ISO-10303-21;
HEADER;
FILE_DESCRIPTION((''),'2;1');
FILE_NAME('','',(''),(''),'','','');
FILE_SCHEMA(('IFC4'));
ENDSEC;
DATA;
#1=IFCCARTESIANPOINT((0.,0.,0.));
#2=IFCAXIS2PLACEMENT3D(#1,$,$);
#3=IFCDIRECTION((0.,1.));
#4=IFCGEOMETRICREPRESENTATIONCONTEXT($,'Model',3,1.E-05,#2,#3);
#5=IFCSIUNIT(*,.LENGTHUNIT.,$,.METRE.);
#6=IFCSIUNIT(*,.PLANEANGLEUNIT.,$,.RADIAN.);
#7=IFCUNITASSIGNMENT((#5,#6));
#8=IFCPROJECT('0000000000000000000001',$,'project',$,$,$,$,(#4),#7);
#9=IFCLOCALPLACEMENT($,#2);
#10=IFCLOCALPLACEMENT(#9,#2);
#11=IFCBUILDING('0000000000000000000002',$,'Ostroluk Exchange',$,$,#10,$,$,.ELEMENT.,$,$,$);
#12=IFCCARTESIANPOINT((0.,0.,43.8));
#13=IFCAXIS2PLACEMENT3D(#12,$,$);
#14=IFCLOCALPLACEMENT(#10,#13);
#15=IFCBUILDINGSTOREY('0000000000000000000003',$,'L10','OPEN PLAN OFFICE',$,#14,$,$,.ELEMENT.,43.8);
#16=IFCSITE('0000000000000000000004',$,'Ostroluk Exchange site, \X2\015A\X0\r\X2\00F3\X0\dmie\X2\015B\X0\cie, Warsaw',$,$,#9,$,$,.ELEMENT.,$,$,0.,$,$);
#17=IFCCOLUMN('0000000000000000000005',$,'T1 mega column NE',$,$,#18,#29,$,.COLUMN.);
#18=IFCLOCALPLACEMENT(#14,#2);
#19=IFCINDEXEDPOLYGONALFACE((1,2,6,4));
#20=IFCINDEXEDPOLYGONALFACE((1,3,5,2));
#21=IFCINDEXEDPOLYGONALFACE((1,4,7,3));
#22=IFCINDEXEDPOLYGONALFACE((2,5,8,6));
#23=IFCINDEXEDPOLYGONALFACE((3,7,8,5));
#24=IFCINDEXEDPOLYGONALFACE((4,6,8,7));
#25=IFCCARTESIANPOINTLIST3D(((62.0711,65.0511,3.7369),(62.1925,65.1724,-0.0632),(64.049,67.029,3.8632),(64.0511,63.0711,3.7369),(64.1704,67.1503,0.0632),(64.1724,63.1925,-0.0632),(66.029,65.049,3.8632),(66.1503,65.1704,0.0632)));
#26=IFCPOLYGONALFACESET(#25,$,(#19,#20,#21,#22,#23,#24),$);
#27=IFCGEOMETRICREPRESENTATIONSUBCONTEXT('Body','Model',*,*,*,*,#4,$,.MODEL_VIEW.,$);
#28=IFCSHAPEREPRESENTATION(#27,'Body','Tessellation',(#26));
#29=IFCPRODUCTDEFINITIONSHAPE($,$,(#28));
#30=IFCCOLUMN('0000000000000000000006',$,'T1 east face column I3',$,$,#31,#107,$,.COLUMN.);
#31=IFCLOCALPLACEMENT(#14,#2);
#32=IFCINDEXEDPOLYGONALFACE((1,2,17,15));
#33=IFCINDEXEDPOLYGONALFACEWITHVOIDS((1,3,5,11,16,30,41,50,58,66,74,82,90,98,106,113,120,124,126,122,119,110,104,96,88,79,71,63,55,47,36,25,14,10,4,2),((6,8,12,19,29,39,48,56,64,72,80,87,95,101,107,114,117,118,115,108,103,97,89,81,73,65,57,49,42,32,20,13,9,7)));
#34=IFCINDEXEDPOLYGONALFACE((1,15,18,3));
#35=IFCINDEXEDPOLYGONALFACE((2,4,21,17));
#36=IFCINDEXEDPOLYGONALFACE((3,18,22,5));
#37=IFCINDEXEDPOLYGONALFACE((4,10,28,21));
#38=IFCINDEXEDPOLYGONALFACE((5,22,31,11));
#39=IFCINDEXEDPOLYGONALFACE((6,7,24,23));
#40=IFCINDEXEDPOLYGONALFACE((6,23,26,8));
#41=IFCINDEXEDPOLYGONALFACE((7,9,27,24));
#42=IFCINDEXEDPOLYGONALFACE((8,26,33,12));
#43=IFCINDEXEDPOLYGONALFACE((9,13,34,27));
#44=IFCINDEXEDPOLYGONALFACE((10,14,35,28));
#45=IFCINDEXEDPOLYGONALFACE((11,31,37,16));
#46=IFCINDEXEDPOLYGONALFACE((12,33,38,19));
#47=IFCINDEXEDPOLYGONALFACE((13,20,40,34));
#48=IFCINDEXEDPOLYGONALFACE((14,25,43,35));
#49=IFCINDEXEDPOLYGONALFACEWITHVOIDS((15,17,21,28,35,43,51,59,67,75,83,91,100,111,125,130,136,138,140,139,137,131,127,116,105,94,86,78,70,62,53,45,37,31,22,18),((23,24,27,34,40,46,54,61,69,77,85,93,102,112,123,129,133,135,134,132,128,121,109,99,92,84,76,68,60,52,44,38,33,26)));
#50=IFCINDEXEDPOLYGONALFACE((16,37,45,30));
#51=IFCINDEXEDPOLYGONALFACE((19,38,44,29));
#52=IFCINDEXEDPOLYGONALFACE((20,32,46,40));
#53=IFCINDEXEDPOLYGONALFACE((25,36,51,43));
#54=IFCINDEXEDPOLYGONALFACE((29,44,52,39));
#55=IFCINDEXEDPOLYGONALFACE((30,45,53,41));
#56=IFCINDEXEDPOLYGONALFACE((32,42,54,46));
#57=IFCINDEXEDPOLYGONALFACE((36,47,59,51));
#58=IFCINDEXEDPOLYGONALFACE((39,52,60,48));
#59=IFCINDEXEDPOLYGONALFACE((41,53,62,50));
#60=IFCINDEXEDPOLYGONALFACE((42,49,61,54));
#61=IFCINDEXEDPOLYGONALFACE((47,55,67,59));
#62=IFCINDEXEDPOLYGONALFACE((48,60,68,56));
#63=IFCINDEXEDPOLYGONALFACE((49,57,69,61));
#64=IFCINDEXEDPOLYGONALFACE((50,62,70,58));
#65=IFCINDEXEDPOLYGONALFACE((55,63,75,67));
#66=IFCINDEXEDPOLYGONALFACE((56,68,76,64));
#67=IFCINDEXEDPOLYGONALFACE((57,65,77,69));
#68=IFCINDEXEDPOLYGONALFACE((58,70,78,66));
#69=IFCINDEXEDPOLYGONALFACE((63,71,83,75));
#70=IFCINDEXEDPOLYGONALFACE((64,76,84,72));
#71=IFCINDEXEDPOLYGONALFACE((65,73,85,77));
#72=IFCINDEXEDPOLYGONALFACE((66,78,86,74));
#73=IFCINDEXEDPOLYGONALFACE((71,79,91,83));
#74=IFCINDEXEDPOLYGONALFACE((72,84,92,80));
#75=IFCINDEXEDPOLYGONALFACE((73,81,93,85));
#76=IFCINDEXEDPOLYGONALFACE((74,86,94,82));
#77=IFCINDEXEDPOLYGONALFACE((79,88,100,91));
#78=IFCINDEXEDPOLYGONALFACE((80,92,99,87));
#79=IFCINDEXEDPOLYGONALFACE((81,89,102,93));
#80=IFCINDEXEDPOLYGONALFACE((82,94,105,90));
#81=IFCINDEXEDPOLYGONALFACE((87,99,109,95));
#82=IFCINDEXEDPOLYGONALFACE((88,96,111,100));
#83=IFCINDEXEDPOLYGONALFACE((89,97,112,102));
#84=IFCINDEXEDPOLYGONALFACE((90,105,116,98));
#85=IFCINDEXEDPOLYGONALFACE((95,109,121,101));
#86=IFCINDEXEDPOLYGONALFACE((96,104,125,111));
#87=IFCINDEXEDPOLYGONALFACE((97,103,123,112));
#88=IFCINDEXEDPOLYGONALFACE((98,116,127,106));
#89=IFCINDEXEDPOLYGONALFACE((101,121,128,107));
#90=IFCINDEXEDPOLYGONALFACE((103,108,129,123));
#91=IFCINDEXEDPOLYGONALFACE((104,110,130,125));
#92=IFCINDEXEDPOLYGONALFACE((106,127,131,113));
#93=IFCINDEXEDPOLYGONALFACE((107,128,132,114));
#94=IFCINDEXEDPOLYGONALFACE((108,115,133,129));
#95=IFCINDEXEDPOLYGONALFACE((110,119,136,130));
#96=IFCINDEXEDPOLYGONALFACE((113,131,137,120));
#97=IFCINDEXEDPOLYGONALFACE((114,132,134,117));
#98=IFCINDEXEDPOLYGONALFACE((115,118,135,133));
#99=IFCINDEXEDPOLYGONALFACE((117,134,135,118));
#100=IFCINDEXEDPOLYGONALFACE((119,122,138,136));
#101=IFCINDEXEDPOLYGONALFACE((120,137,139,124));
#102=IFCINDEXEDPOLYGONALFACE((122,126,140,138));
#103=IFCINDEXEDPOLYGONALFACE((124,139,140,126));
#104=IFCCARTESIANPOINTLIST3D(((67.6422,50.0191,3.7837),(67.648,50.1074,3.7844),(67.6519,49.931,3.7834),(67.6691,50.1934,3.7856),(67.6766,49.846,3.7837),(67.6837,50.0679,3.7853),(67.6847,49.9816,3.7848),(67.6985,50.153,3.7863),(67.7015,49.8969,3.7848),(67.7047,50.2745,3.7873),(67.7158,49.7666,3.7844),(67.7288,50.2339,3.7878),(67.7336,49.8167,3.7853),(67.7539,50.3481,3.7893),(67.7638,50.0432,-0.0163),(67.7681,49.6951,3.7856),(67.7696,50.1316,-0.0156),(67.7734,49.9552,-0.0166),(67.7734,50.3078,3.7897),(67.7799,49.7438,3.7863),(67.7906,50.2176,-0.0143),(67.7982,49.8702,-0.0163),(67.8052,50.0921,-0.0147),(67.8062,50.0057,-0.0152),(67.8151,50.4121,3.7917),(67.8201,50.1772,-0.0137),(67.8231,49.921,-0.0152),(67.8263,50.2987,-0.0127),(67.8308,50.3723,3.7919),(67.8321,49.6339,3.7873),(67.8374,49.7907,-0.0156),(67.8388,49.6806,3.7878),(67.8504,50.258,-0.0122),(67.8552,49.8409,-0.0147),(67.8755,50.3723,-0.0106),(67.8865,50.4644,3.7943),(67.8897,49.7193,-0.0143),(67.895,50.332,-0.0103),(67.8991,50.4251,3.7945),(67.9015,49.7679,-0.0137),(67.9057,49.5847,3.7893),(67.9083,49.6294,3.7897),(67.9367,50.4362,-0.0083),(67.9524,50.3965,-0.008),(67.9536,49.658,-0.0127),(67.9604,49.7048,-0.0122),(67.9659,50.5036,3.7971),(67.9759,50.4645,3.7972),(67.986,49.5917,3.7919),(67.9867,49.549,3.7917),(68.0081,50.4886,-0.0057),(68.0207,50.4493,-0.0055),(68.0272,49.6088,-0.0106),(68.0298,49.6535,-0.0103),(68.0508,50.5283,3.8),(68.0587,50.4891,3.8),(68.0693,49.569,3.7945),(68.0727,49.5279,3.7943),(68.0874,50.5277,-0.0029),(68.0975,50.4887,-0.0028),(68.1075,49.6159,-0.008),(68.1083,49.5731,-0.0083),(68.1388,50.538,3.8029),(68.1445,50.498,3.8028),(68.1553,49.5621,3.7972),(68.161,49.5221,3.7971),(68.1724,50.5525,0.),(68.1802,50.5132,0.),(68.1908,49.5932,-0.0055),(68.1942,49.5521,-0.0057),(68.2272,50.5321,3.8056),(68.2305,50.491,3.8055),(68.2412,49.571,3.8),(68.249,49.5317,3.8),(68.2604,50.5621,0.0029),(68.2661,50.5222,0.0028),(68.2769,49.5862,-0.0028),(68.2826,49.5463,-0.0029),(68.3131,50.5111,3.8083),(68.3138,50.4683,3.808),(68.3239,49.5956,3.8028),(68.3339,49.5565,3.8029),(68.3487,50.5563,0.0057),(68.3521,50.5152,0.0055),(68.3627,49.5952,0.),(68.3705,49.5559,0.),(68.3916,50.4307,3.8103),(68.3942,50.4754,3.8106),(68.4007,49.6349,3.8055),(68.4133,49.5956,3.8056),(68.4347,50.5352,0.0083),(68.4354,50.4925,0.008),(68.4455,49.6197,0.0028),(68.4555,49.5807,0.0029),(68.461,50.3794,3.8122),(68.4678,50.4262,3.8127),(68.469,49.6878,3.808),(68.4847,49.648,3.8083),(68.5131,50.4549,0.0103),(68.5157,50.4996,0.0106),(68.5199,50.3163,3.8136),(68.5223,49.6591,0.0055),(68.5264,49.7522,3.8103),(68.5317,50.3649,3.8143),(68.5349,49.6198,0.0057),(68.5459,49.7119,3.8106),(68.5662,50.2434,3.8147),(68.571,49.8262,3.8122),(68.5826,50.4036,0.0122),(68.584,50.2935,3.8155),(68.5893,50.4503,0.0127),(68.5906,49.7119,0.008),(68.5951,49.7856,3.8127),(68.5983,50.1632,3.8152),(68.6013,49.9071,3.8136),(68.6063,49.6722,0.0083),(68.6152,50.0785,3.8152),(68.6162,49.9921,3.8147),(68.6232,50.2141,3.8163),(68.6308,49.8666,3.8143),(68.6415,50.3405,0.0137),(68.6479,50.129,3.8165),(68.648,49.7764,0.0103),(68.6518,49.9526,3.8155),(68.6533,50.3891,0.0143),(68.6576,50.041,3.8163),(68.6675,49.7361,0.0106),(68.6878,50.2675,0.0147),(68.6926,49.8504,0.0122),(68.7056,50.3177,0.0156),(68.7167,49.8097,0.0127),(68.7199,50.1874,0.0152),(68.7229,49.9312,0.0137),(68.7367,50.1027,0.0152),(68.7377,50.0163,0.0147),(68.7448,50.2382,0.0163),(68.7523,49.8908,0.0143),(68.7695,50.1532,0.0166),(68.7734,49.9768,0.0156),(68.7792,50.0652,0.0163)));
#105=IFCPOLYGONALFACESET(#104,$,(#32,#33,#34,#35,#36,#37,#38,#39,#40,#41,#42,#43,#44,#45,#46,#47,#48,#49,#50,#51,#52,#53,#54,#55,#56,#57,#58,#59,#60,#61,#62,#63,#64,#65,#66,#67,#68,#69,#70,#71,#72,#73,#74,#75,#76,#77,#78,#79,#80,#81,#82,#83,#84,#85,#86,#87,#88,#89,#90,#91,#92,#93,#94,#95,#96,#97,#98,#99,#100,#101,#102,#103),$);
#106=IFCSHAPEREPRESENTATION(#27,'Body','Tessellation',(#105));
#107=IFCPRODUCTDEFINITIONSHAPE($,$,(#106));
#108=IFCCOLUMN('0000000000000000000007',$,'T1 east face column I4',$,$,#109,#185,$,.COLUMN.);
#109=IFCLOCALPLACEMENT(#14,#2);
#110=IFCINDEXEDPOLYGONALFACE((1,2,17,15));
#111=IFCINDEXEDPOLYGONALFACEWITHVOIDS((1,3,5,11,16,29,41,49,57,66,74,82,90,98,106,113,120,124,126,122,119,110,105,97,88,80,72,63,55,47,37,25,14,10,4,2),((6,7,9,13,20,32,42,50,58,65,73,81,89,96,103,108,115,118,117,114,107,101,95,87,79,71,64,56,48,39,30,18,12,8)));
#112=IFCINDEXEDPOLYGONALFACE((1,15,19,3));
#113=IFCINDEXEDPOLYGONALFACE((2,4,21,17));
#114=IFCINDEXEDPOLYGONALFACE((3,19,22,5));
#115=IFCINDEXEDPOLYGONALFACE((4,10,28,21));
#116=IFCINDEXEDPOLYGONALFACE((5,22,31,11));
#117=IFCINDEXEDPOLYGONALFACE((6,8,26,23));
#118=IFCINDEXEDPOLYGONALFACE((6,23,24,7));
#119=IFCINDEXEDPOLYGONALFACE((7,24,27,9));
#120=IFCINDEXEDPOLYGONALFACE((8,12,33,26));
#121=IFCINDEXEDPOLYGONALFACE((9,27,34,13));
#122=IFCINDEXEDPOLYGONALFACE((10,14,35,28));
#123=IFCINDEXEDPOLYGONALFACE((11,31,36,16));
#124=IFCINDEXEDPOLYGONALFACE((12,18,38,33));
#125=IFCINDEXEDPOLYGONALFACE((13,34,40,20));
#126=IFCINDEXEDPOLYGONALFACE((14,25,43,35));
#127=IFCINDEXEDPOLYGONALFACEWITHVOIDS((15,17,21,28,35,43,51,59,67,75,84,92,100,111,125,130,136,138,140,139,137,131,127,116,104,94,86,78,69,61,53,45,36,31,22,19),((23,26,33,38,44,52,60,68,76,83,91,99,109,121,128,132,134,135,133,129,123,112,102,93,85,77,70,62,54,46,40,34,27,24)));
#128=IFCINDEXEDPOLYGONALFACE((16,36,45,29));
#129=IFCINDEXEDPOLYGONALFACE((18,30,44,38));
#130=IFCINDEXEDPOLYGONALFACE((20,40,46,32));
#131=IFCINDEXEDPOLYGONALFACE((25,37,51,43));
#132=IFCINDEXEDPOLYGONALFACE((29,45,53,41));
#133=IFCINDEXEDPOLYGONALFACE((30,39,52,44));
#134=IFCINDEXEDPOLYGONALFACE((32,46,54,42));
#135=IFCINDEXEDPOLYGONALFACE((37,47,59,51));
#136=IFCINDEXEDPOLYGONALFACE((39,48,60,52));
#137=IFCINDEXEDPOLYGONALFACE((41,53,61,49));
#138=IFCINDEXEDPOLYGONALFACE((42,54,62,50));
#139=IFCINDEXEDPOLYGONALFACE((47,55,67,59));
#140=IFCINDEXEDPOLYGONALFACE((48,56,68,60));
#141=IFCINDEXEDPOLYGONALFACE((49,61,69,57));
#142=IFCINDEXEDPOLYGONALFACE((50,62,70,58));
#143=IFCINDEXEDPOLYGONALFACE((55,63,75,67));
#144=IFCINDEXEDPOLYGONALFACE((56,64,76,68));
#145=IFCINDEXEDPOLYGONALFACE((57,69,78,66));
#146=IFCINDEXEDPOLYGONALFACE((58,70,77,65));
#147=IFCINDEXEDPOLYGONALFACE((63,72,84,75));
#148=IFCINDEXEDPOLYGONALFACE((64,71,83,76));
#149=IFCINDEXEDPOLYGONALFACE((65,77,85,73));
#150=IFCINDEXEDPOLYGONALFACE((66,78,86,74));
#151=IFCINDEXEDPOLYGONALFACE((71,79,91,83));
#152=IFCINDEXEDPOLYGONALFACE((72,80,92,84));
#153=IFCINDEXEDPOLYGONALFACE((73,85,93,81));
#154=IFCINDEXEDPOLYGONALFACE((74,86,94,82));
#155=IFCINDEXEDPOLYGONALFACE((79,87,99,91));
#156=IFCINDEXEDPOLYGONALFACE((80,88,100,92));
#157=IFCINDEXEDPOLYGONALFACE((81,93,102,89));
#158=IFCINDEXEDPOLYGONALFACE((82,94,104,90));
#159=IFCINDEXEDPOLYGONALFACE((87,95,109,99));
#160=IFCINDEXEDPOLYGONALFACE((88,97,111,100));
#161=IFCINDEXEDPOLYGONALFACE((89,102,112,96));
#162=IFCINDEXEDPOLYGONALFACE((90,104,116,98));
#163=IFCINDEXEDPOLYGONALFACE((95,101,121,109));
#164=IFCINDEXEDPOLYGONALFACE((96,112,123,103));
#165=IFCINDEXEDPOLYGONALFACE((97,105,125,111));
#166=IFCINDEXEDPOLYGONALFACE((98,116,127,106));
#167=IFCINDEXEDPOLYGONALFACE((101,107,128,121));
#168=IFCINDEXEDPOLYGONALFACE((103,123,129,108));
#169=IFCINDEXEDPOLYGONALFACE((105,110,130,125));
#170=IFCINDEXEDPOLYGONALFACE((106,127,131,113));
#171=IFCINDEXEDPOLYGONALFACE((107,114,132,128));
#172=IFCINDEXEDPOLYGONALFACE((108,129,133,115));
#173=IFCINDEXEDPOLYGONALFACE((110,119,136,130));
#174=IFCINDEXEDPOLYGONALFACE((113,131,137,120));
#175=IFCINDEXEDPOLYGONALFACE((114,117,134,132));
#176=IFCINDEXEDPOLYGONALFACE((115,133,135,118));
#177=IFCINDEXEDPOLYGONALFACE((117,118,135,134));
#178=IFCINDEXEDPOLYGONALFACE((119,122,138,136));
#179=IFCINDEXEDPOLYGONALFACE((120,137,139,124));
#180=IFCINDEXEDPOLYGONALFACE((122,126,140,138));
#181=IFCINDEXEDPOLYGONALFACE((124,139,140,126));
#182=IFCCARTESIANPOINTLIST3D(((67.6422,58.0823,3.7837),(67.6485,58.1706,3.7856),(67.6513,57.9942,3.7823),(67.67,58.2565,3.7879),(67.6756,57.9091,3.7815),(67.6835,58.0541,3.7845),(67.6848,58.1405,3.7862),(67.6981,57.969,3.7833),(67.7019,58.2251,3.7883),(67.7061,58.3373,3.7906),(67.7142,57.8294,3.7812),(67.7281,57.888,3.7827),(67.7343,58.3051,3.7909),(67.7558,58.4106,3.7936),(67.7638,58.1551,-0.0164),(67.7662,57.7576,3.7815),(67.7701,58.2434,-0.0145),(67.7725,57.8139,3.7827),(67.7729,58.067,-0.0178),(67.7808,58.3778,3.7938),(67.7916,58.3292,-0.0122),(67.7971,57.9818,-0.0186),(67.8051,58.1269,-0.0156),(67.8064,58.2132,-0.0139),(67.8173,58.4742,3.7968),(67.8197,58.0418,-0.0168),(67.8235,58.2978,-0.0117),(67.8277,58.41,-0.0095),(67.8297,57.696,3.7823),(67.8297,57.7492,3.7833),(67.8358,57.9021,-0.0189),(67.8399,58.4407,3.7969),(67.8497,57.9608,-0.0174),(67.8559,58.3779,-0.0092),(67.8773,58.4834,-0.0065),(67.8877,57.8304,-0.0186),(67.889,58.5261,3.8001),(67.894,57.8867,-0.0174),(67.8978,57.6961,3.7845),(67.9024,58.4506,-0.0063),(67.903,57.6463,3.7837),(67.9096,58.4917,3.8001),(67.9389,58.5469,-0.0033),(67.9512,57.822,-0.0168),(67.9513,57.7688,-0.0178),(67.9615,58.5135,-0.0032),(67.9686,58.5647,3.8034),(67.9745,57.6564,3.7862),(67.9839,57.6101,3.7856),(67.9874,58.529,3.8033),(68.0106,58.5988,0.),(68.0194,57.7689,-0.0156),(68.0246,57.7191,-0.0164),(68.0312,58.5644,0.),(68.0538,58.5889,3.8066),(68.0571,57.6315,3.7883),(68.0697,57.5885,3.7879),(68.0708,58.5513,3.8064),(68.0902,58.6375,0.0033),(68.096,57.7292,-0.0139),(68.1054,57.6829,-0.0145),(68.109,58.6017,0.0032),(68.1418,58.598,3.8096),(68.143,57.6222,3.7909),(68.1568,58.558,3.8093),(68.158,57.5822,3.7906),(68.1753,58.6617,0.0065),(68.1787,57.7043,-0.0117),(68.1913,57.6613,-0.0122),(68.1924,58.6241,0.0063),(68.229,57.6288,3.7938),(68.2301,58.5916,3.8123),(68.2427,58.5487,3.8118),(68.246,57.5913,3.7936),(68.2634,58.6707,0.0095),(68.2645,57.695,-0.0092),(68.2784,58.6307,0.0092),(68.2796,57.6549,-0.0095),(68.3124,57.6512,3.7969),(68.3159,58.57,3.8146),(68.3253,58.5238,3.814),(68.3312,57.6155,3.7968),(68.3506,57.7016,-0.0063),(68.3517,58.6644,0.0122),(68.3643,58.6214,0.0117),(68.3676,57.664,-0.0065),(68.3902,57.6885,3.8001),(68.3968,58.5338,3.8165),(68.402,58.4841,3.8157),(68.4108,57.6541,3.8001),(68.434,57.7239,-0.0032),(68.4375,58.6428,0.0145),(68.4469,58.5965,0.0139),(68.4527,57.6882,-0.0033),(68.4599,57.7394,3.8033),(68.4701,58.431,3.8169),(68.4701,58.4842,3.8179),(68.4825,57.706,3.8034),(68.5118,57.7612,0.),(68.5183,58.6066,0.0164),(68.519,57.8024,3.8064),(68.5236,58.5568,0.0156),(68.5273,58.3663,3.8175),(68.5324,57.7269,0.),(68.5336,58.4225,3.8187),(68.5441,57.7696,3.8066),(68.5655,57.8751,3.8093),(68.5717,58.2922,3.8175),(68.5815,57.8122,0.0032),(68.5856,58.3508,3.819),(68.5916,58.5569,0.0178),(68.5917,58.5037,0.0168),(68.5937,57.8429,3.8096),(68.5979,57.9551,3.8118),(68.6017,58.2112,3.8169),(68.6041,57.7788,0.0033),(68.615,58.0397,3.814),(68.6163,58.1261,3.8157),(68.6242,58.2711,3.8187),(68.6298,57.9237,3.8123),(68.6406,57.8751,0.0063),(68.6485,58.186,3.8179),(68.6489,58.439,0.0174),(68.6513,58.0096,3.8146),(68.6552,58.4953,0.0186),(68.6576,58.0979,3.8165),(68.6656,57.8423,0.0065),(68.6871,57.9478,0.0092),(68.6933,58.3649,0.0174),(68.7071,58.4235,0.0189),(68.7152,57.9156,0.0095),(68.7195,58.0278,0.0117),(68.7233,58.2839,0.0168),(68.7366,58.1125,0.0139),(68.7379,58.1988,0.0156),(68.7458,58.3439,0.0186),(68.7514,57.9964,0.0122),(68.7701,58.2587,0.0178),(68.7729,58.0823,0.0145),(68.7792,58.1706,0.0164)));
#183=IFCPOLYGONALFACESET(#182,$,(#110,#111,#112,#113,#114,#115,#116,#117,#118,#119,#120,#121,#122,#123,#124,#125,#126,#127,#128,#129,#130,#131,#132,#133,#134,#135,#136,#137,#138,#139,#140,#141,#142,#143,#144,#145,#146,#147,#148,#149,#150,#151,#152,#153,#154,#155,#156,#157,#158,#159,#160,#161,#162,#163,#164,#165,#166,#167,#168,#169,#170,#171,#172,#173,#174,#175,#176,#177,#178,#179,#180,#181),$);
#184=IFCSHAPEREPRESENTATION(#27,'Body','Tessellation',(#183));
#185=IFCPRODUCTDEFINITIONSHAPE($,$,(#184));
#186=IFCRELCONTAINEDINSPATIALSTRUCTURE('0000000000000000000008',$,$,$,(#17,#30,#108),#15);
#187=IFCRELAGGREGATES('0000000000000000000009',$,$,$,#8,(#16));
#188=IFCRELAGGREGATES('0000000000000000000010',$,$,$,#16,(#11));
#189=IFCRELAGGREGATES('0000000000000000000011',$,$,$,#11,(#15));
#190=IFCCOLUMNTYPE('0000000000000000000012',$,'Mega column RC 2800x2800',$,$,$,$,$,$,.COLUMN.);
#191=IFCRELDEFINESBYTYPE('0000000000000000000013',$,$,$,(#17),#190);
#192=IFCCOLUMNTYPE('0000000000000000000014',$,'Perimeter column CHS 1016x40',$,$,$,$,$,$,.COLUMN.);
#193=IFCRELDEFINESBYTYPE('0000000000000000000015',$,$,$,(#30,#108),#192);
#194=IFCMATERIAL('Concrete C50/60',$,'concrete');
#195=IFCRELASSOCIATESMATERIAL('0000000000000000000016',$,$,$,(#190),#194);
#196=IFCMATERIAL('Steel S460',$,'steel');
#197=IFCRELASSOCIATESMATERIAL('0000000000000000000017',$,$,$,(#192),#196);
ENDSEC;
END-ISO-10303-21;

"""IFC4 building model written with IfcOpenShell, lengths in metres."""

from ifc_helpers import new_model, si_unit, direction, frame, origin, origin_2d, place, context, subcontext, project, spatial, rectangle, hollow_circle, extrude, material, material_profile, profile_set, type_object, element, save


model = new_model("IFC4")

# Units and contexts
model_context = context("Model", 3, precision=1e-05, world=origin(), true_north=direction((0.0, 1.0)))
body_context = subcontext(model_context, "Body", "Model", "MODEL_VIEW")
ifc_project = project(units=[si_unit("LENGTHUNIT", "METRE"), si_unit("PLANEANGLEUNIT", "RADIAN")], contexts=[model_context])

# Site, building, storey
site_placement = place(None, origin())
site = spatial("IfcSite", under=ifc_project, at=site_placement, Name="Ostroluk Exchange site, Śródmieście, Warsaw", CompositionType="ELEMENT", RefElevation=0.0)
building_placement = place(site_placement, origin())
building = spatial("IfcBuilding", under=site, at=building_placement, Name="Ostroluk Exchange", CompositionType="ELEMENT")
storey_placement = place(building_placement, frame((0.0, 0.0, 43.8)))
storey = spatial("IfcBuildingStorey", under=building, at=storey_placement, Name="L10", Description="OPEN PLAN OFFICE", CompositionType="ELEMENT", Elevation=43.8)

# Columns
ifc_material_1 = material(Name="Concrete C50/60", Category="concrete")
ifc_material_profile_1 = material_profile(ifc_material_1, rectangle(XDim=2.8, YDim=2.8, at=origin_2d()), Name="RC 2800x2800")
ifc_profile_set_1 = profile_set([ifc_material_profile_1], Name="Concrete C50/60")
column_type_1 = type_object("IfcColumnType", Name="Mega column RC 2800x2800", PredefinedType="COLUMN", material=ifc_profile_set_1)
column_1_placement = place(storey_placement, frame((64.1714, 65.1714, 0.0), z_axis=(-0.031898, -0.031898, 0.998982), x_axis=(0.707107, -0.707107, 0.0)))
element("IfcColumn", 1, at=column_1_placement, inside=storey, type_object=column_type_1, Name="T1 mega column NE", PredefinedType="COLUMN", context=body_context, shape_type="SweptSolid", body=[
    extrude(rectangle(XDim=2.8, YDim=2.8, at=origin_2d()), origin(), (0.0, 0.0, 1.0), 3.804),
])
ifc_material_2 = material(Name="Steel S460", Category="steel")
ifc_material_profile_2 = material_profile(ifc_material_2, hollow_circle(Radius=0.5081, WallThickness=0.04, at=origin_2d()), Name="CHS 1016x40")
ifc_profile_set_2 = profile_set([ifc_material_profile_2], Name="Steel S460")
column_type_2 = type_object("IfcColumnType", Name="Perimeter column CHS 1016x40", PredefinedType="COLUMN", material=ifc_profile_set_2)
column_2_placement = place(storey_placement, frame((68.2715, 50.0542, 0.0), z_axis=(-0.031978, -0.006357, 0.999468), x_axis=(0.19498, -0.980807, 0.0)))
element("IfcColumn", 2, at=column_2_placement, inside=storey, type_object=column_type_2, Name="T1 east face column I3", PredefinedType="COLUMN", context=body_context, shape_type="SweptSolid", body=[
    extrude(hollow_circle(Radius=0.5081, WallThickness=0.04, at=origin_2d()), origin(), (0.0, 0.0, 1.0), 3.802),
])
column_3_placement = place(storey_placement, frame((68.2715, 58.1628, 0.0), z_axis=(-0.031973, -0.019132, 0.999306), x_axis=(0.513482, -0.8581, 0.0)))
element("IfcColumn", 3, at=column_3_placement, inside=storey, type_object=column_type_2, Name="T1 east face column I4", PredefinedType="COLUMN", context=body_context, shape_type="SweptSolid", body=[
    extrude(hollow_circle(Radius=0.5081, WallThickness=0.04, at=origin_2d()), origin(), (0.0, 0.0, 1.0), 3.8027),
])

save(model, "model.ifc")
